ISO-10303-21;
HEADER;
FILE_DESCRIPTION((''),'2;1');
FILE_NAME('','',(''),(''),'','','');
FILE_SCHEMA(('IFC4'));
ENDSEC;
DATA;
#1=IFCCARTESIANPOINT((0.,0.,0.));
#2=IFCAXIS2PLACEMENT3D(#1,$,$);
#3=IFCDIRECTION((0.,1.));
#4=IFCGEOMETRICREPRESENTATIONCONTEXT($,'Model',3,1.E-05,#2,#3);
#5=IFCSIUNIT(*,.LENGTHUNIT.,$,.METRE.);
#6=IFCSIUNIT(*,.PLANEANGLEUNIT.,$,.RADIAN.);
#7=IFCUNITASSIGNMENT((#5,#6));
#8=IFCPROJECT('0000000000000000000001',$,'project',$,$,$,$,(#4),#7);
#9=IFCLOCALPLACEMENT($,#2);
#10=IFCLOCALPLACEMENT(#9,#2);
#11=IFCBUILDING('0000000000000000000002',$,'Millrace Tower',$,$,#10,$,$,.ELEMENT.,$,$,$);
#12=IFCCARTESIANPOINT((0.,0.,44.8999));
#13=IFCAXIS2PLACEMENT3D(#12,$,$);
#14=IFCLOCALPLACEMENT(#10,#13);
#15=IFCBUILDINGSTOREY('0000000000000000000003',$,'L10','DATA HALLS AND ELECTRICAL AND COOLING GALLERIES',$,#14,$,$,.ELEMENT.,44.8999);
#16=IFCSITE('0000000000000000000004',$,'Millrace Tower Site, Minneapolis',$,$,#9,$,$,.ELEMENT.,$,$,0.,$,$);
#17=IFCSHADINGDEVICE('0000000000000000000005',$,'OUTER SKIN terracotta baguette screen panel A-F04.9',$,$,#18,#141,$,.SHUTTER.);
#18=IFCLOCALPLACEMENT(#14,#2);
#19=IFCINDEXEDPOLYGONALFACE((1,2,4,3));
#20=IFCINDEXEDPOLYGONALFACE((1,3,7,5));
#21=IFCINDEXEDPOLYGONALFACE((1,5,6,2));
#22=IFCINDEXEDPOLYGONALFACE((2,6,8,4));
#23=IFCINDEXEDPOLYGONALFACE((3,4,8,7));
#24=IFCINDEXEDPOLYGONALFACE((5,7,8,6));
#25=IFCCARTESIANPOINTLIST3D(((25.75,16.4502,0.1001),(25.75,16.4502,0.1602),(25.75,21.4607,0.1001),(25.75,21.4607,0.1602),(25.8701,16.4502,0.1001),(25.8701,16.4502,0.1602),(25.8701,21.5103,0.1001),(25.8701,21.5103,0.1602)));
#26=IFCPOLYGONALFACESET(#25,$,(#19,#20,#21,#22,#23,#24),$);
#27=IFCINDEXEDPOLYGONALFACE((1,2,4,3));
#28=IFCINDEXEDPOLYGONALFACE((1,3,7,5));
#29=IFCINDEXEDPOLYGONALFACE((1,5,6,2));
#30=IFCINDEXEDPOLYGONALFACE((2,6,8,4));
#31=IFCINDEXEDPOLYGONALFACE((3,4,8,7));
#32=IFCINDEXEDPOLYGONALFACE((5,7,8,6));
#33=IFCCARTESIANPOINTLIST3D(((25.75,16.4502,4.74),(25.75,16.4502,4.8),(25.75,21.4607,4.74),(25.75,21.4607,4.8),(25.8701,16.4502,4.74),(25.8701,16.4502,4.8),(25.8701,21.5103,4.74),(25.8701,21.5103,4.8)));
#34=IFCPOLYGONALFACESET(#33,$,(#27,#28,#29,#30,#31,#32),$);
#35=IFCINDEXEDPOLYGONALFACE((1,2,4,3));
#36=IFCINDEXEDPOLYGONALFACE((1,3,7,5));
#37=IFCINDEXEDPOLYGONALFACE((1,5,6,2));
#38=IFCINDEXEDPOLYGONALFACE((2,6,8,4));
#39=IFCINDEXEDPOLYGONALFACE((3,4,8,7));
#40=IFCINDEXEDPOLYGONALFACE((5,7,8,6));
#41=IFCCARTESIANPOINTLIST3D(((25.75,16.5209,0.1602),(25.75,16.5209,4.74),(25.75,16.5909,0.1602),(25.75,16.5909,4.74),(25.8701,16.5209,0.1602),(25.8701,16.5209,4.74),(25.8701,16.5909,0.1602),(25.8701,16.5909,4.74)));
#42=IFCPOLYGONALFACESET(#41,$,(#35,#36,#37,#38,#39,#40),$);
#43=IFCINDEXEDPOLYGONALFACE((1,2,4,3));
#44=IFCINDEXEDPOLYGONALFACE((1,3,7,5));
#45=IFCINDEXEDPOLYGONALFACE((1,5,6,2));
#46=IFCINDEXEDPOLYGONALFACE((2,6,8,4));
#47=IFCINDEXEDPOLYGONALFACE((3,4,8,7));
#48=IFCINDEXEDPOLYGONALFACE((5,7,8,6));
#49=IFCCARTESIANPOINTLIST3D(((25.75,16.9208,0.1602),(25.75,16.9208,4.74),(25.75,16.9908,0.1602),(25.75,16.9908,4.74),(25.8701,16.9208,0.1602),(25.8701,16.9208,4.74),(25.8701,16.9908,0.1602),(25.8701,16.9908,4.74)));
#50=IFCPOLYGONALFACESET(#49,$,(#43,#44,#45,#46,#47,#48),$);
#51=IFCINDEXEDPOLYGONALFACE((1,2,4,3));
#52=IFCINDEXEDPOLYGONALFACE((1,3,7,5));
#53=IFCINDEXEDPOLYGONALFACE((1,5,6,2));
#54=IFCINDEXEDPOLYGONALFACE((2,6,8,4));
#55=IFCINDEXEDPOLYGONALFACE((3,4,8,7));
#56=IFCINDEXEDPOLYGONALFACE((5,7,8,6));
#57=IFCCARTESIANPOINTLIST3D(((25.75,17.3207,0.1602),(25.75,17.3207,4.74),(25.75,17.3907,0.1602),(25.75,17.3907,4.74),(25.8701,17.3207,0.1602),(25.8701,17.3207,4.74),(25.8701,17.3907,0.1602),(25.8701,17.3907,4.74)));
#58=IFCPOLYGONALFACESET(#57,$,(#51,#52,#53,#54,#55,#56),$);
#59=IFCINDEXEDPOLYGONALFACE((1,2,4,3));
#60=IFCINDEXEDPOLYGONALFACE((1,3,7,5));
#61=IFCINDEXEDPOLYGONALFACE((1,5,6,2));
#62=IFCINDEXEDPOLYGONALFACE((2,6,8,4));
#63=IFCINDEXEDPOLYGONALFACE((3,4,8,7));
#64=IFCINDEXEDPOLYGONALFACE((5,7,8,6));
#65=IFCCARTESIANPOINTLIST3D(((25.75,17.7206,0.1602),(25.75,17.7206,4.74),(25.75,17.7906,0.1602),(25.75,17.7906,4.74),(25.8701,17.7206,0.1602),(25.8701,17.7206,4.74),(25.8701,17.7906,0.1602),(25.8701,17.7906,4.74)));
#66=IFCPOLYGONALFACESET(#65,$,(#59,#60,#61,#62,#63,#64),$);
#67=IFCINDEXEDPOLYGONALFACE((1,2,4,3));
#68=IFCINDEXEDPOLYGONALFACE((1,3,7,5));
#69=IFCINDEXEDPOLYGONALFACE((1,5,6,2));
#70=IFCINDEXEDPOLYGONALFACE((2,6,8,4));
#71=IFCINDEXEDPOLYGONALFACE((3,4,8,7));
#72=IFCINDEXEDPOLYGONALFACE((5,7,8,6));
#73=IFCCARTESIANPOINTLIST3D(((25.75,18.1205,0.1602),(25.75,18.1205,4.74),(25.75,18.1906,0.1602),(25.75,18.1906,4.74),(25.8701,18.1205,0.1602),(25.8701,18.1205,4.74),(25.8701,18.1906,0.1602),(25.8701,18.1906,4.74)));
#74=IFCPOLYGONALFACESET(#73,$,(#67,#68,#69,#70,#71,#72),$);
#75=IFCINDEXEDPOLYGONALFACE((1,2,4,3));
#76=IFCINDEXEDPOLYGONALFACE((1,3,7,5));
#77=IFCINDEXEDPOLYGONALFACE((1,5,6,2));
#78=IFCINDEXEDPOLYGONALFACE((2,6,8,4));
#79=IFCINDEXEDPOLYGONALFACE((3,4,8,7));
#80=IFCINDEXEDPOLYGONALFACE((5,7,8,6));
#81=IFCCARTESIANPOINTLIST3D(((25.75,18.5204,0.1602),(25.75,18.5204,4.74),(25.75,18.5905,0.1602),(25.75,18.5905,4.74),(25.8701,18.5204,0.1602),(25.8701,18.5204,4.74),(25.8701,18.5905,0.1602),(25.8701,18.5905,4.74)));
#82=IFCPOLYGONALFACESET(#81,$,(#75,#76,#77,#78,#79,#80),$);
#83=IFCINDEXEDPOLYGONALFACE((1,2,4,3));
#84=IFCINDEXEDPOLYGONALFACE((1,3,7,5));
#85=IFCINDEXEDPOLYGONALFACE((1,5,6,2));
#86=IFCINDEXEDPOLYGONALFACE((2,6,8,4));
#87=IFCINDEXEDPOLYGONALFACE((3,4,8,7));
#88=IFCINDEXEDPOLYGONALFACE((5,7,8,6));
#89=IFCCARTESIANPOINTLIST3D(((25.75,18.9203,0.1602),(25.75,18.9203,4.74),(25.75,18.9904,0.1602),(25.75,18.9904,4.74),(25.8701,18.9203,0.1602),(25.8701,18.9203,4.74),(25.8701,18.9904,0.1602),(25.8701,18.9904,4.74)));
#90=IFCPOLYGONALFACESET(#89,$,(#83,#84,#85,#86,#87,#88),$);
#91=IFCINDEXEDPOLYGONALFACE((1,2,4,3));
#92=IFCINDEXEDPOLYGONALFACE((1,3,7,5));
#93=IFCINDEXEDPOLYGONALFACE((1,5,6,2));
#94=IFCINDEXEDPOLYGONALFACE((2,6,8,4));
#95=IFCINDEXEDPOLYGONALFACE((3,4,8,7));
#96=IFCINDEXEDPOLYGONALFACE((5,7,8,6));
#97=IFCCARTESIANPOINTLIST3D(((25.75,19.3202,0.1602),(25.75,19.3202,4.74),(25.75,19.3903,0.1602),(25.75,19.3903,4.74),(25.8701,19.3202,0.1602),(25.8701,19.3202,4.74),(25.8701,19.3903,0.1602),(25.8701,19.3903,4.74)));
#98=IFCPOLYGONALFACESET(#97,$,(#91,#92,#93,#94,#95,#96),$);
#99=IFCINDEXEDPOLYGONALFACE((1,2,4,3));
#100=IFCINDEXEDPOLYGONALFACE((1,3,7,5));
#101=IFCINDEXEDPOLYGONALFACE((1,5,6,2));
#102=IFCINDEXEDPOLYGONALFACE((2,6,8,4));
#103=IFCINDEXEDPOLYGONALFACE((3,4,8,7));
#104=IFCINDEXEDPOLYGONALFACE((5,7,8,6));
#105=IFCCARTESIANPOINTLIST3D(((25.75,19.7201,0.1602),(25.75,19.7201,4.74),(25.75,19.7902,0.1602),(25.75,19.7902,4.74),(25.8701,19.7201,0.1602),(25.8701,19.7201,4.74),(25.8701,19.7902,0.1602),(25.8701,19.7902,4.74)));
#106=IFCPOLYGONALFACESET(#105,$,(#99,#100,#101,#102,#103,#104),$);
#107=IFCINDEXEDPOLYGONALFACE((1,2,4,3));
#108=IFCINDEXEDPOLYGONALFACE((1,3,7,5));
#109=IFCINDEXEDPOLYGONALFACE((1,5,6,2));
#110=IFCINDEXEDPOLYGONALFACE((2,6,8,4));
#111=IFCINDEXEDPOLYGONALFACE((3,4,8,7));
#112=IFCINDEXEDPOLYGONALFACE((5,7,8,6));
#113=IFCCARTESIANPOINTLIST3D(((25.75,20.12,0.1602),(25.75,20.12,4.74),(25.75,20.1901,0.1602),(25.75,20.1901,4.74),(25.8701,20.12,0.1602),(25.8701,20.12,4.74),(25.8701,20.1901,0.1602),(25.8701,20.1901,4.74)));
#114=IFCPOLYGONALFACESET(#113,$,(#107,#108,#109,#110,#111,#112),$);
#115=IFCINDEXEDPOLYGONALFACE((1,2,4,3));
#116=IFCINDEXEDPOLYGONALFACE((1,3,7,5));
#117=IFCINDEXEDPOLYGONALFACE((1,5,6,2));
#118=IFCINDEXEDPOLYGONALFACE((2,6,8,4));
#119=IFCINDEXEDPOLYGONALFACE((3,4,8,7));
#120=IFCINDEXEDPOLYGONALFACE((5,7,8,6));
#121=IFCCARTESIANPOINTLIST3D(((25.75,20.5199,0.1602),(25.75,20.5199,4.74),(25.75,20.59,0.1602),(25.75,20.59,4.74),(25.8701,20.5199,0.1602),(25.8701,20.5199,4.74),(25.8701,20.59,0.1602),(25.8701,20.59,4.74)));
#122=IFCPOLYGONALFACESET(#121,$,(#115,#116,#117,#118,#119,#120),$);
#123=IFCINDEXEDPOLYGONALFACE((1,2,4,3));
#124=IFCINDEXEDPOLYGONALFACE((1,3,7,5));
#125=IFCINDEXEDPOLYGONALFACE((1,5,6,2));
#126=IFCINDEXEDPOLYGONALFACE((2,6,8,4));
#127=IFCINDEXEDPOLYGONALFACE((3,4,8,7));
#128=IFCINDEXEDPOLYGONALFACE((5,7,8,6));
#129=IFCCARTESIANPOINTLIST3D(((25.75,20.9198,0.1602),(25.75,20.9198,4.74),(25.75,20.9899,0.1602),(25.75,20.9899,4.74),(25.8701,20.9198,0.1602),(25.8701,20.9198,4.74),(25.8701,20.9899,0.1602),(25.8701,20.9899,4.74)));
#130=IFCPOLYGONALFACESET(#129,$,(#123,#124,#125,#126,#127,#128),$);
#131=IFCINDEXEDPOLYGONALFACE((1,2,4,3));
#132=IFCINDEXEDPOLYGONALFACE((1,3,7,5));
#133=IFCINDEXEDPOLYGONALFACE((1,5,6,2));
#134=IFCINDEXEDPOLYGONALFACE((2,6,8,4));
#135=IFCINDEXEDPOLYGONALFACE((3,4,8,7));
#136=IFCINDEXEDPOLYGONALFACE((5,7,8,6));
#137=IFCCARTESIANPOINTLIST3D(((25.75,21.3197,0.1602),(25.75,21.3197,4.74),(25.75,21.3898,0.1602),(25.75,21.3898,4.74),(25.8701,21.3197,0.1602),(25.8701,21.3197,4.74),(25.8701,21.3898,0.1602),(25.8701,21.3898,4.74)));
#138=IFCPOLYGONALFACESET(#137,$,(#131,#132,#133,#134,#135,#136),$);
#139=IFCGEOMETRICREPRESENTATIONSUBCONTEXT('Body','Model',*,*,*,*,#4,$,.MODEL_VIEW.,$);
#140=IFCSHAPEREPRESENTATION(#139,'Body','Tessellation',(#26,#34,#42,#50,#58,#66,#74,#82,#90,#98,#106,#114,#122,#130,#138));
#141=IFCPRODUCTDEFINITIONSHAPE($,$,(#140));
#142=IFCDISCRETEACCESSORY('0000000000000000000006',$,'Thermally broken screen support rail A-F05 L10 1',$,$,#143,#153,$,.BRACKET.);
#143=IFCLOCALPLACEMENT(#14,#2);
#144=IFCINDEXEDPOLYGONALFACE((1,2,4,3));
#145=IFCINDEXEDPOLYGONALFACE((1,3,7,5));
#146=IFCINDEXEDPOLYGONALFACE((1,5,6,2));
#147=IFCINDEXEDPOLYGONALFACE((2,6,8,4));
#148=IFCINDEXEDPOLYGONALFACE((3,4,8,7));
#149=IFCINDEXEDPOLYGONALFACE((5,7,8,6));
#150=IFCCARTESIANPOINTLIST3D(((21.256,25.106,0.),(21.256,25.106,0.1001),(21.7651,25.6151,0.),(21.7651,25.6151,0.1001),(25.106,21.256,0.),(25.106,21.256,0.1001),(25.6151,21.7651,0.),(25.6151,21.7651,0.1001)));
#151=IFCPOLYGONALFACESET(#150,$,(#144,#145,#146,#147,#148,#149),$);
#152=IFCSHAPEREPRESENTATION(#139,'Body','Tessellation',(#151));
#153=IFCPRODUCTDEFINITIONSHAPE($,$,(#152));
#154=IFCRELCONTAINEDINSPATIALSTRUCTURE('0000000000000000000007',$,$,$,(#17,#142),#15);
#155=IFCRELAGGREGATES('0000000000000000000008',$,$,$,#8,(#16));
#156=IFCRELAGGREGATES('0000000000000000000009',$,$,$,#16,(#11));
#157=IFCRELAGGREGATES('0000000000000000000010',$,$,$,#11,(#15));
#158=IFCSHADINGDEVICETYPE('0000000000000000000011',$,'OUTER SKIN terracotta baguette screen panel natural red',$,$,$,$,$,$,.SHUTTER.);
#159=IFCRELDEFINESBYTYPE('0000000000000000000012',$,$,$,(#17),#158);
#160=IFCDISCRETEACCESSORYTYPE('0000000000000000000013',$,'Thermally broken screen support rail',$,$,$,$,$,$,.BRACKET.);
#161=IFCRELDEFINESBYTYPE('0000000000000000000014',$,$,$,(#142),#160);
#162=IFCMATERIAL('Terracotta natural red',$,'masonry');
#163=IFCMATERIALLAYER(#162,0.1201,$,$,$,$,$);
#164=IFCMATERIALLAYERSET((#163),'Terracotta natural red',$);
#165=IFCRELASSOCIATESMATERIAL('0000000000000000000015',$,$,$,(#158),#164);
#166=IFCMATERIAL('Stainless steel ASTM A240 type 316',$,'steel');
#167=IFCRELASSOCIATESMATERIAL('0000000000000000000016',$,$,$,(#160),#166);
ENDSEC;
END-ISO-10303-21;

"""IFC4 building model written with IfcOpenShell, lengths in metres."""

from ifc_helpers import new_model, entity, si_unit, direction, frame, frame_2d, origin, origin_2d, place, context, subcontext, project, spatial, rectangle, extrude, source, transform, mapped, material, layer, layer_set, type_object, element, save


model = new_model("IFC4")

# Units and contexts
model_context = context("Model", 3, precision=1e-05, world=origin(), true_north=direction((0.0, 1.0)))
body_context = subcontext(model_context, "Body", "Model", "MODEL_VIEW")
ifc_project = project(units=[si_unit("LENGTHUNIT", "METRE"), si_unit("PLANEANGLEUNIT", "RADIAN")], contexts=[model_context])

# Site, building, storey
site_placement = place(None, origin())
site = spatial("IfcSite", under=ifc_project, at=site_placement, Name="Millrace Tower Site, Minneapolis", CompositionType="ELEMENT", RefElevation=0.0)
building_placement = place(site_placement, origin())
building = spatial("IfcBuilding", under=site, at=building_placement, Name="Millrace Tower", CompositionType="ELEMENT")
storey_placement = place(building_placement, frame((0.0, 0.0, 44.8999)))
storey = spatial("IfcBuildingStorey", under=building, at=storey_placement, Name="L10", Description="DATA HALLS AND ELECTRICAL AND COOLING GALLERIES", CompositionType="ELEMENT", Elevation=44.8999)

# Shading device
ifc_material_1 = material(Name="Terracotta natural red", Category="masonry")
ifc_layer_1 = layer(ifc_material_1, 0.1201)
ifc_layer_set_1 = layer_set([ifc_layer_1], Name="Terracotta natural red")
shading_device_type_1 = type_object("IfcShadingDeviceType", Name="OUTER SKIN terracotta baguette screen panel natural red", PredefinedType="SHUTTER", material=ifc_layer_set_1)
cartesian_point_1 = entity("IfcCartesianPoint", [-2.5176, 0.0601])
shared_polyline_1 = entity("IfcPolyline", [cartesian_point_1, entity("IfcCartesianPoint", [2.4929, 0.0601]), entity("IfcCartesianPoint", [2.5425, -0.0601]), entity("IfcCartesianPoint", [-2.5176, -0.0601]), cartesian_point_1])
shared_shape_1 = source(origin(), body_context, "Body", "SweptSolid", [
    entity("IfcExtrudedAreaSolid", entity("IfcArbitraryClosedProfileDef", "AREA", None, shared_polyline_1), entity("IfcAxis2Placement3D", entity("IfcCartesianPoint", [0.0, 0.0, 0.0])), entity("IfcDirection", [0.0, 0.0, 1.0]), 0.0601),
    entity("IfcExtrudedAreaSolid", entity("IfcArbitraryClosedProfileDef", "AREA", None, shared_polyline_1), entity("IfcAxis2Placement3D", entity("IfcCartesianPoint", [0.0, 0.0, 4.6399])), entity("IfcDirection", [0.0, 0.0, 1.0]), 0.0601),
    extrude(rectangle(XDim=0.0701, YDim=0.1201, at=frame_2d((-2.4119, 0.0))), frame((0.0, 0.0, 0.0601)), (0.0, 0.0, 1.0), 4.5798),
    extrude(rectangle(XDim=0.0701, YDim=0.1201, at=frame_2d((-2.012, 0.0))), frame((0.0, 0.0, 0.0601)), (0.0, 0.0, 1.0), 4.5798),
    extrude(rectangle(XDim=0.0701, YDim=0.1201, at=frame_2d((-1.6121, 0.0))), frame((0.0, 0.0, 0.0601)), (0.0, 0.0, 1.0), 4.5798),
    extrude(rectangle(XDim=0.0701, YDim=0.1201, at=frame_2d((-1.2122, 0.0))), frame((0.0, 0.0, 0.0601)), (0.0, 0.0, 1.0), 4.5798),
    extrude(rectangle(XDim=0.0701, YDim=0.1201, at=frame_2d((-0.8123, 0.0))), frame((0.0, 0.0, 0.0601)), (0.0, 0.0, 1.0), 4.5798),
    extrude(rectangle(XDim=0.0701, YDim=0.1201, at=frame_2d((-0.4124, 0.0))), frame((0.0, 0.0, 0.0601)), (0.0, 0.0, 1.0), 4.5798),
    extrude(rectangle(XDim=0.0701, YDim=0.1201, at=frame_2d((-0.0125, 0.0))), frame((0.0, 0.0, 0.0601)), (0.0, 0.0, 1.0), 4.5798),
    extrude(rectangle(XDim=0.0701, YDim=0.1201, at=frame_2d((0.3875, 0.0))), frame((0.0, 0.0, 0.0601)), (0.0, 0.0, 1.0), 4.5798),
    extrude(rectangle(XDim=0.0701, YDim=0.1201, at=frame_2d((0.7874, 0.0))), frame((0.0, 0.0, 0.0601)), (0.0, 0.0, 1.0), 4.5798),
    extrude(rectangle(XDim=0.0701, YDim=0.1201, at=frame_2d((1.1873, 0.0))), frame((0.0, 0.0, 0.0601)), (0.0, 0.0, 1.0), 4.5798),
    extrude(rectangle(XDim=0.0701, YDim=0.1201, at=frame_2d((1.5872, 0.0))), frame((0.0, 0.0, 0.0601)), (0.0, 0.0, 1.0), 4.5798),
    extrude(rectangle(XDim=0.0701, YDim=0.1201, at=frame_2d((1.9871, 0.0))), frame((0.0, 0.0, 0.0601)), (0.0, 0.0, 1.0), 4.5798),
    extrude(rectangle(XDim=0.0701, YDim=0.1201, at=frame_2d((2.387, 0.0))), frame((0.0, 0.0, 0.0601)), (0.0, 0.0, 1.0), 4.5798),
])
shading_device_1_placement = place(storey_placement, frame((25.8101, 18.9678, 0.1001), z_axis=(0.0, 0.0, 1.0), x_axis=(0.0, 1.0, 0.0)))
element("IfcShadingDevice", 1, at=shading_device_1_placement, inside=storey, type_object=shading_device_type_1, Name="OUTER SKIN terracotta baguette screen panel A-F04.9", PredefinedType="SHUTTER", context=body_context, shape_type="MappedRepresentation", body=[
    mapped(shared_shape_1, transform((0.0, 0.0, 0.0), scale=1.0)),
])

# Discrete accessory
ifc_material_2 = material(Name="Stainless steel ASTM A240 type 316", Category="steel")
discrete_accessory_type = type_object("IfcDiscreteAccessoryType", Name="Thermally broken screen support rail", PredefinedType="BRACKET", material=ifc_material_2)
discrete_accessory_placement = place(storey_placement, frame((23.4355, 23.4355, 0.0), z_axis=(0.0, 0.0, 1.0), x_axis=(-0.707107, 0.707107, 0.0)))
element("IfcDiscreteAccessory", 2, at=discrete_accessory_placement, inside=storey, type_object=discrete_accessory_type, Name="Thermally broken screen support rail A-F05 L10 1", PredefinedType="BRACKET", context=body_context, shape_type="SweptSolid", body=[
    extrude(rectangle(XDim=5.4448, YDim=0.72, at=origin_2d()), origin(), (0.0, 0.0, 1.0), 0.1001),
])

save(model, "model.ifc")
